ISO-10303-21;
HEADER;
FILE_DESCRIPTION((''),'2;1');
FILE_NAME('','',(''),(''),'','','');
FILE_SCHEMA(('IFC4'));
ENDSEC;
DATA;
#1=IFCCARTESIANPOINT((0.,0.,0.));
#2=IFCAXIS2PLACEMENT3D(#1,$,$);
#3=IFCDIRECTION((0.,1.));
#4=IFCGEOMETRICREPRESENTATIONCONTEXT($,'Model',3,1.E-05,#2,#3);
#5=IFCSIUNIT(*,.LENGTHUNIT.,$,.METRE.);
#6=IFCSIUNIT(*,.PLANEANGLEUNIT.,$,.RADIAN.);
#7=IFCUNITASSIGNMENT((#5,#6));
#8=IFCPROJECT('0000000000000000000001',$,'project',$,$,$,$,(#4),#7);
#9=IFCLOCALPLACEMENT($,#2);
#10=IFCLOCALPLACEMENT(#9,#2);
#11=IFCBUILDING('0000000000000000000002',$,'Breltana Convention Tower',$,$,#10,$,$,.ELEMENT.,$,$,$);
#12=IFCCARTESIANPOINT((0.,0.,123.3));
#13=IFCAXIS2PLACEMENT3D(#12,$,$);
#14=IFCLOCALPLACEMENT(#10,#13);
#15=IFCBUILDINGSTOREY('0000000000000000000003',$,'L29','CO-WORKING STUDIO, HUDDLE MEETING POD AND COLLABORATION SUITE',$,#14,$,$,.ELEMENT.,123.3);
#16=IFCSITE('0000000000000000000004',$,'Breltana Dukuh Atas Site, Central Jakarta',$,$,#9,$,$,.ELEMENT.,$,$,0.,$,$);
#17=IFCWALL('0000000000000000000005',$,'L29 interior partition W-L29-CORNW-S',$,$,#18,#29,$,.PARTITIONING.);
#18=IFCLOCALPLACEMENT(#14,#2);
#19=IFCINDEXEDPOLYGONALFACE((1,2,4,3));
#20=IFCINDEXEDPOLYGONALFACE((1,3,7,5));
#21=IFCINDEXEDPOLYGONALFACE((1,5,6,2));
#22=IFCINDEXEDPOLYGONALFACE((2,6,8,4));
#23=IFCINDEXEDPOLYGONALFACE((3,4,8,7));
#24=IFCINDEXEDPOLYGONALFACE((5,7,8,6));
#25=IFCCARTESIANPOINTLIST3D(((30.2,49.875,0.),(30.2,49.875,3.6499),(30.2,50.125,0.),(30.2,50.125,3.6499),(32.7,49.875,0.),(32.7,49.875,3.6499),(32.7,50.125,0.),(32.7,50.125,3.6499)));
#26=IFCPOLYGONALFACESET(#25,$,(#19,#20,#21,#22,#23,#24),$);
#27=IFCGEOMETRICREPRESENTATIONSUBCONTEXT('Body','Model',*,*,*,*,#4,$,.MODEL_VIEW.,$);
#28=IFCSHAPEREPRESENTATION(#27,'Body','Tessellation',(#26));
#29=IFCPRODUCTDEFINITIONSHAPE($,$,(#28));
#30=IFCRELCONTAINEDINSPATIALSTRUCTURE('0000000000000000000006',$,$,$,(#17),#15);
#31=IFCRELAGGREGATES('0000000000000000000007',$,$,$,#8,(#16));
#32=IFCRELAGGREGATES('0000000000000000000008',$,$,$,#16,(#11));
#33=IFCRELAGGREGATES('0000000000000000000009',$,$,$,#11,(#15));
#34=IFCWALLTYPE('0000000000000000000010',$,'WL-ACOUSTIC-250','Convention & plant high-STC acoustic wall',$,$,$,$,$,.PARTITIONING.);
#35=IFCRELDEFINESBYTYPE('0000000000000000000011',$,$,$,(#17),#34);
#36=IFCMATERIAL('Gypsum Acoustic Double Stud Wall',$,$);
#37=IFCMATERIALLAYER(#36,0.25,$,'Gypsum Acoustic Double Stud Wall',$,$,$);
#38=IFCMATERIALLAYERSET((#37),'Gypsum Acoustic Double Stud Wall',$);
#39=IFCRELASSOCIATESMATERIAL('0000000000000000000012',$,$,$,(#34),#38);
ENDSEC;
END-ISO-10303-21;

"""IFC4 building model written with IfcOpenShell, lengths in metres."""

from ifc_helpers import new_model, si_unit, direction, frame, frame_2d, origin, place, context, subcontext, project, spatial, rectangle, extrude, source, transform, mapped, material, layer, layer_set, type_object, element, save


model = new_model("IFC4")

# Units and contexts
model_context = context("Model", 3, precision=1e-05, world=origin(), true_north=direction((0.0, 1.0)))
body_context = subcontext(model_context, "Body", "Model", "MODEL_VIEW")
ifc_project = project(units=[si_unit("LENGTHUNIT", "METRE"), si_unit("PLANEANGLEUNIT", "RADIAN")], contexts=[model_context])

# Site, building, storey
site_placement = place(None, origin())
site = spatial("IfcSite", under=ifc_project, at=site_placement, Name="Breltana Dukuh Atas Site, Central Jakarta", CompositionType="ELEMENT", RefElevation=0.0)
building_placement = place(site_placement, origin())
building = spatial("IfcBuilding", under=site, at=building_placement, Name="Breltana Convention Tower", CompositionType="ELEMENT")
storey_placement = place(building_placement, frame((0.0, 0.0, 123.3)))
storey = spatial("IfcBuildingStorey", under=building, at=storey_placement, Name="L29", Description="CO-WORKING STUDIO, HUDDLE MEETING POD AND COLLABORATION SUITE", CompositionType="ELEMENT", Elevation=123.3)

# Wall
ifc_material_1 = material(Name="Gypsum Acoustic Double Stud Wall")
ifc_layer_1 = layer(ifc_material_1, 0.25, Name="Gypsum Acoustic Double Stud Wall")
ifc_layer_set_1 = layer_set([ifc_layer_1], Name="Gypsum Acoustic Double Stud Wall")
wall_type_1 = type_object("IfcWallType", Name="WL-ACOUSTIC-250", Description="Convention & plant high-STC acoustic wall", PredefinedType="PARTITIONING", material=ifc_layer_set_1)
shared_shape_1 = source(origin(), body_context, "Body", "SweptSolid", [
    extrude(rectangle(XDim=2.5, YDim=0.25, at=frame_2d((1.25, 0.0))), origin(), (0.0, 0.0, 1.0), 3.6499),
])
wall_1_placement = place(storey_placement, frame((30.2, 50.0, 0.0), z_axis=(0.0, 0.0, 1.0), x_axis=(1.0, 0.0, 0.0)))
element("IfcWall", 1, at=wall_1_placement, inside=storey, type_object=wall_type_1, Name="L29 interior partition W-L29-CORNW-S", PredefinedType="PARTITIONING", context=body_context, shape_type="MappedRepresentation", body=[
    mapped(shared_shape_1, transform((0.0, 0.0, 0.0), scale=1.0)),
])

save(model, "model.ifc")
